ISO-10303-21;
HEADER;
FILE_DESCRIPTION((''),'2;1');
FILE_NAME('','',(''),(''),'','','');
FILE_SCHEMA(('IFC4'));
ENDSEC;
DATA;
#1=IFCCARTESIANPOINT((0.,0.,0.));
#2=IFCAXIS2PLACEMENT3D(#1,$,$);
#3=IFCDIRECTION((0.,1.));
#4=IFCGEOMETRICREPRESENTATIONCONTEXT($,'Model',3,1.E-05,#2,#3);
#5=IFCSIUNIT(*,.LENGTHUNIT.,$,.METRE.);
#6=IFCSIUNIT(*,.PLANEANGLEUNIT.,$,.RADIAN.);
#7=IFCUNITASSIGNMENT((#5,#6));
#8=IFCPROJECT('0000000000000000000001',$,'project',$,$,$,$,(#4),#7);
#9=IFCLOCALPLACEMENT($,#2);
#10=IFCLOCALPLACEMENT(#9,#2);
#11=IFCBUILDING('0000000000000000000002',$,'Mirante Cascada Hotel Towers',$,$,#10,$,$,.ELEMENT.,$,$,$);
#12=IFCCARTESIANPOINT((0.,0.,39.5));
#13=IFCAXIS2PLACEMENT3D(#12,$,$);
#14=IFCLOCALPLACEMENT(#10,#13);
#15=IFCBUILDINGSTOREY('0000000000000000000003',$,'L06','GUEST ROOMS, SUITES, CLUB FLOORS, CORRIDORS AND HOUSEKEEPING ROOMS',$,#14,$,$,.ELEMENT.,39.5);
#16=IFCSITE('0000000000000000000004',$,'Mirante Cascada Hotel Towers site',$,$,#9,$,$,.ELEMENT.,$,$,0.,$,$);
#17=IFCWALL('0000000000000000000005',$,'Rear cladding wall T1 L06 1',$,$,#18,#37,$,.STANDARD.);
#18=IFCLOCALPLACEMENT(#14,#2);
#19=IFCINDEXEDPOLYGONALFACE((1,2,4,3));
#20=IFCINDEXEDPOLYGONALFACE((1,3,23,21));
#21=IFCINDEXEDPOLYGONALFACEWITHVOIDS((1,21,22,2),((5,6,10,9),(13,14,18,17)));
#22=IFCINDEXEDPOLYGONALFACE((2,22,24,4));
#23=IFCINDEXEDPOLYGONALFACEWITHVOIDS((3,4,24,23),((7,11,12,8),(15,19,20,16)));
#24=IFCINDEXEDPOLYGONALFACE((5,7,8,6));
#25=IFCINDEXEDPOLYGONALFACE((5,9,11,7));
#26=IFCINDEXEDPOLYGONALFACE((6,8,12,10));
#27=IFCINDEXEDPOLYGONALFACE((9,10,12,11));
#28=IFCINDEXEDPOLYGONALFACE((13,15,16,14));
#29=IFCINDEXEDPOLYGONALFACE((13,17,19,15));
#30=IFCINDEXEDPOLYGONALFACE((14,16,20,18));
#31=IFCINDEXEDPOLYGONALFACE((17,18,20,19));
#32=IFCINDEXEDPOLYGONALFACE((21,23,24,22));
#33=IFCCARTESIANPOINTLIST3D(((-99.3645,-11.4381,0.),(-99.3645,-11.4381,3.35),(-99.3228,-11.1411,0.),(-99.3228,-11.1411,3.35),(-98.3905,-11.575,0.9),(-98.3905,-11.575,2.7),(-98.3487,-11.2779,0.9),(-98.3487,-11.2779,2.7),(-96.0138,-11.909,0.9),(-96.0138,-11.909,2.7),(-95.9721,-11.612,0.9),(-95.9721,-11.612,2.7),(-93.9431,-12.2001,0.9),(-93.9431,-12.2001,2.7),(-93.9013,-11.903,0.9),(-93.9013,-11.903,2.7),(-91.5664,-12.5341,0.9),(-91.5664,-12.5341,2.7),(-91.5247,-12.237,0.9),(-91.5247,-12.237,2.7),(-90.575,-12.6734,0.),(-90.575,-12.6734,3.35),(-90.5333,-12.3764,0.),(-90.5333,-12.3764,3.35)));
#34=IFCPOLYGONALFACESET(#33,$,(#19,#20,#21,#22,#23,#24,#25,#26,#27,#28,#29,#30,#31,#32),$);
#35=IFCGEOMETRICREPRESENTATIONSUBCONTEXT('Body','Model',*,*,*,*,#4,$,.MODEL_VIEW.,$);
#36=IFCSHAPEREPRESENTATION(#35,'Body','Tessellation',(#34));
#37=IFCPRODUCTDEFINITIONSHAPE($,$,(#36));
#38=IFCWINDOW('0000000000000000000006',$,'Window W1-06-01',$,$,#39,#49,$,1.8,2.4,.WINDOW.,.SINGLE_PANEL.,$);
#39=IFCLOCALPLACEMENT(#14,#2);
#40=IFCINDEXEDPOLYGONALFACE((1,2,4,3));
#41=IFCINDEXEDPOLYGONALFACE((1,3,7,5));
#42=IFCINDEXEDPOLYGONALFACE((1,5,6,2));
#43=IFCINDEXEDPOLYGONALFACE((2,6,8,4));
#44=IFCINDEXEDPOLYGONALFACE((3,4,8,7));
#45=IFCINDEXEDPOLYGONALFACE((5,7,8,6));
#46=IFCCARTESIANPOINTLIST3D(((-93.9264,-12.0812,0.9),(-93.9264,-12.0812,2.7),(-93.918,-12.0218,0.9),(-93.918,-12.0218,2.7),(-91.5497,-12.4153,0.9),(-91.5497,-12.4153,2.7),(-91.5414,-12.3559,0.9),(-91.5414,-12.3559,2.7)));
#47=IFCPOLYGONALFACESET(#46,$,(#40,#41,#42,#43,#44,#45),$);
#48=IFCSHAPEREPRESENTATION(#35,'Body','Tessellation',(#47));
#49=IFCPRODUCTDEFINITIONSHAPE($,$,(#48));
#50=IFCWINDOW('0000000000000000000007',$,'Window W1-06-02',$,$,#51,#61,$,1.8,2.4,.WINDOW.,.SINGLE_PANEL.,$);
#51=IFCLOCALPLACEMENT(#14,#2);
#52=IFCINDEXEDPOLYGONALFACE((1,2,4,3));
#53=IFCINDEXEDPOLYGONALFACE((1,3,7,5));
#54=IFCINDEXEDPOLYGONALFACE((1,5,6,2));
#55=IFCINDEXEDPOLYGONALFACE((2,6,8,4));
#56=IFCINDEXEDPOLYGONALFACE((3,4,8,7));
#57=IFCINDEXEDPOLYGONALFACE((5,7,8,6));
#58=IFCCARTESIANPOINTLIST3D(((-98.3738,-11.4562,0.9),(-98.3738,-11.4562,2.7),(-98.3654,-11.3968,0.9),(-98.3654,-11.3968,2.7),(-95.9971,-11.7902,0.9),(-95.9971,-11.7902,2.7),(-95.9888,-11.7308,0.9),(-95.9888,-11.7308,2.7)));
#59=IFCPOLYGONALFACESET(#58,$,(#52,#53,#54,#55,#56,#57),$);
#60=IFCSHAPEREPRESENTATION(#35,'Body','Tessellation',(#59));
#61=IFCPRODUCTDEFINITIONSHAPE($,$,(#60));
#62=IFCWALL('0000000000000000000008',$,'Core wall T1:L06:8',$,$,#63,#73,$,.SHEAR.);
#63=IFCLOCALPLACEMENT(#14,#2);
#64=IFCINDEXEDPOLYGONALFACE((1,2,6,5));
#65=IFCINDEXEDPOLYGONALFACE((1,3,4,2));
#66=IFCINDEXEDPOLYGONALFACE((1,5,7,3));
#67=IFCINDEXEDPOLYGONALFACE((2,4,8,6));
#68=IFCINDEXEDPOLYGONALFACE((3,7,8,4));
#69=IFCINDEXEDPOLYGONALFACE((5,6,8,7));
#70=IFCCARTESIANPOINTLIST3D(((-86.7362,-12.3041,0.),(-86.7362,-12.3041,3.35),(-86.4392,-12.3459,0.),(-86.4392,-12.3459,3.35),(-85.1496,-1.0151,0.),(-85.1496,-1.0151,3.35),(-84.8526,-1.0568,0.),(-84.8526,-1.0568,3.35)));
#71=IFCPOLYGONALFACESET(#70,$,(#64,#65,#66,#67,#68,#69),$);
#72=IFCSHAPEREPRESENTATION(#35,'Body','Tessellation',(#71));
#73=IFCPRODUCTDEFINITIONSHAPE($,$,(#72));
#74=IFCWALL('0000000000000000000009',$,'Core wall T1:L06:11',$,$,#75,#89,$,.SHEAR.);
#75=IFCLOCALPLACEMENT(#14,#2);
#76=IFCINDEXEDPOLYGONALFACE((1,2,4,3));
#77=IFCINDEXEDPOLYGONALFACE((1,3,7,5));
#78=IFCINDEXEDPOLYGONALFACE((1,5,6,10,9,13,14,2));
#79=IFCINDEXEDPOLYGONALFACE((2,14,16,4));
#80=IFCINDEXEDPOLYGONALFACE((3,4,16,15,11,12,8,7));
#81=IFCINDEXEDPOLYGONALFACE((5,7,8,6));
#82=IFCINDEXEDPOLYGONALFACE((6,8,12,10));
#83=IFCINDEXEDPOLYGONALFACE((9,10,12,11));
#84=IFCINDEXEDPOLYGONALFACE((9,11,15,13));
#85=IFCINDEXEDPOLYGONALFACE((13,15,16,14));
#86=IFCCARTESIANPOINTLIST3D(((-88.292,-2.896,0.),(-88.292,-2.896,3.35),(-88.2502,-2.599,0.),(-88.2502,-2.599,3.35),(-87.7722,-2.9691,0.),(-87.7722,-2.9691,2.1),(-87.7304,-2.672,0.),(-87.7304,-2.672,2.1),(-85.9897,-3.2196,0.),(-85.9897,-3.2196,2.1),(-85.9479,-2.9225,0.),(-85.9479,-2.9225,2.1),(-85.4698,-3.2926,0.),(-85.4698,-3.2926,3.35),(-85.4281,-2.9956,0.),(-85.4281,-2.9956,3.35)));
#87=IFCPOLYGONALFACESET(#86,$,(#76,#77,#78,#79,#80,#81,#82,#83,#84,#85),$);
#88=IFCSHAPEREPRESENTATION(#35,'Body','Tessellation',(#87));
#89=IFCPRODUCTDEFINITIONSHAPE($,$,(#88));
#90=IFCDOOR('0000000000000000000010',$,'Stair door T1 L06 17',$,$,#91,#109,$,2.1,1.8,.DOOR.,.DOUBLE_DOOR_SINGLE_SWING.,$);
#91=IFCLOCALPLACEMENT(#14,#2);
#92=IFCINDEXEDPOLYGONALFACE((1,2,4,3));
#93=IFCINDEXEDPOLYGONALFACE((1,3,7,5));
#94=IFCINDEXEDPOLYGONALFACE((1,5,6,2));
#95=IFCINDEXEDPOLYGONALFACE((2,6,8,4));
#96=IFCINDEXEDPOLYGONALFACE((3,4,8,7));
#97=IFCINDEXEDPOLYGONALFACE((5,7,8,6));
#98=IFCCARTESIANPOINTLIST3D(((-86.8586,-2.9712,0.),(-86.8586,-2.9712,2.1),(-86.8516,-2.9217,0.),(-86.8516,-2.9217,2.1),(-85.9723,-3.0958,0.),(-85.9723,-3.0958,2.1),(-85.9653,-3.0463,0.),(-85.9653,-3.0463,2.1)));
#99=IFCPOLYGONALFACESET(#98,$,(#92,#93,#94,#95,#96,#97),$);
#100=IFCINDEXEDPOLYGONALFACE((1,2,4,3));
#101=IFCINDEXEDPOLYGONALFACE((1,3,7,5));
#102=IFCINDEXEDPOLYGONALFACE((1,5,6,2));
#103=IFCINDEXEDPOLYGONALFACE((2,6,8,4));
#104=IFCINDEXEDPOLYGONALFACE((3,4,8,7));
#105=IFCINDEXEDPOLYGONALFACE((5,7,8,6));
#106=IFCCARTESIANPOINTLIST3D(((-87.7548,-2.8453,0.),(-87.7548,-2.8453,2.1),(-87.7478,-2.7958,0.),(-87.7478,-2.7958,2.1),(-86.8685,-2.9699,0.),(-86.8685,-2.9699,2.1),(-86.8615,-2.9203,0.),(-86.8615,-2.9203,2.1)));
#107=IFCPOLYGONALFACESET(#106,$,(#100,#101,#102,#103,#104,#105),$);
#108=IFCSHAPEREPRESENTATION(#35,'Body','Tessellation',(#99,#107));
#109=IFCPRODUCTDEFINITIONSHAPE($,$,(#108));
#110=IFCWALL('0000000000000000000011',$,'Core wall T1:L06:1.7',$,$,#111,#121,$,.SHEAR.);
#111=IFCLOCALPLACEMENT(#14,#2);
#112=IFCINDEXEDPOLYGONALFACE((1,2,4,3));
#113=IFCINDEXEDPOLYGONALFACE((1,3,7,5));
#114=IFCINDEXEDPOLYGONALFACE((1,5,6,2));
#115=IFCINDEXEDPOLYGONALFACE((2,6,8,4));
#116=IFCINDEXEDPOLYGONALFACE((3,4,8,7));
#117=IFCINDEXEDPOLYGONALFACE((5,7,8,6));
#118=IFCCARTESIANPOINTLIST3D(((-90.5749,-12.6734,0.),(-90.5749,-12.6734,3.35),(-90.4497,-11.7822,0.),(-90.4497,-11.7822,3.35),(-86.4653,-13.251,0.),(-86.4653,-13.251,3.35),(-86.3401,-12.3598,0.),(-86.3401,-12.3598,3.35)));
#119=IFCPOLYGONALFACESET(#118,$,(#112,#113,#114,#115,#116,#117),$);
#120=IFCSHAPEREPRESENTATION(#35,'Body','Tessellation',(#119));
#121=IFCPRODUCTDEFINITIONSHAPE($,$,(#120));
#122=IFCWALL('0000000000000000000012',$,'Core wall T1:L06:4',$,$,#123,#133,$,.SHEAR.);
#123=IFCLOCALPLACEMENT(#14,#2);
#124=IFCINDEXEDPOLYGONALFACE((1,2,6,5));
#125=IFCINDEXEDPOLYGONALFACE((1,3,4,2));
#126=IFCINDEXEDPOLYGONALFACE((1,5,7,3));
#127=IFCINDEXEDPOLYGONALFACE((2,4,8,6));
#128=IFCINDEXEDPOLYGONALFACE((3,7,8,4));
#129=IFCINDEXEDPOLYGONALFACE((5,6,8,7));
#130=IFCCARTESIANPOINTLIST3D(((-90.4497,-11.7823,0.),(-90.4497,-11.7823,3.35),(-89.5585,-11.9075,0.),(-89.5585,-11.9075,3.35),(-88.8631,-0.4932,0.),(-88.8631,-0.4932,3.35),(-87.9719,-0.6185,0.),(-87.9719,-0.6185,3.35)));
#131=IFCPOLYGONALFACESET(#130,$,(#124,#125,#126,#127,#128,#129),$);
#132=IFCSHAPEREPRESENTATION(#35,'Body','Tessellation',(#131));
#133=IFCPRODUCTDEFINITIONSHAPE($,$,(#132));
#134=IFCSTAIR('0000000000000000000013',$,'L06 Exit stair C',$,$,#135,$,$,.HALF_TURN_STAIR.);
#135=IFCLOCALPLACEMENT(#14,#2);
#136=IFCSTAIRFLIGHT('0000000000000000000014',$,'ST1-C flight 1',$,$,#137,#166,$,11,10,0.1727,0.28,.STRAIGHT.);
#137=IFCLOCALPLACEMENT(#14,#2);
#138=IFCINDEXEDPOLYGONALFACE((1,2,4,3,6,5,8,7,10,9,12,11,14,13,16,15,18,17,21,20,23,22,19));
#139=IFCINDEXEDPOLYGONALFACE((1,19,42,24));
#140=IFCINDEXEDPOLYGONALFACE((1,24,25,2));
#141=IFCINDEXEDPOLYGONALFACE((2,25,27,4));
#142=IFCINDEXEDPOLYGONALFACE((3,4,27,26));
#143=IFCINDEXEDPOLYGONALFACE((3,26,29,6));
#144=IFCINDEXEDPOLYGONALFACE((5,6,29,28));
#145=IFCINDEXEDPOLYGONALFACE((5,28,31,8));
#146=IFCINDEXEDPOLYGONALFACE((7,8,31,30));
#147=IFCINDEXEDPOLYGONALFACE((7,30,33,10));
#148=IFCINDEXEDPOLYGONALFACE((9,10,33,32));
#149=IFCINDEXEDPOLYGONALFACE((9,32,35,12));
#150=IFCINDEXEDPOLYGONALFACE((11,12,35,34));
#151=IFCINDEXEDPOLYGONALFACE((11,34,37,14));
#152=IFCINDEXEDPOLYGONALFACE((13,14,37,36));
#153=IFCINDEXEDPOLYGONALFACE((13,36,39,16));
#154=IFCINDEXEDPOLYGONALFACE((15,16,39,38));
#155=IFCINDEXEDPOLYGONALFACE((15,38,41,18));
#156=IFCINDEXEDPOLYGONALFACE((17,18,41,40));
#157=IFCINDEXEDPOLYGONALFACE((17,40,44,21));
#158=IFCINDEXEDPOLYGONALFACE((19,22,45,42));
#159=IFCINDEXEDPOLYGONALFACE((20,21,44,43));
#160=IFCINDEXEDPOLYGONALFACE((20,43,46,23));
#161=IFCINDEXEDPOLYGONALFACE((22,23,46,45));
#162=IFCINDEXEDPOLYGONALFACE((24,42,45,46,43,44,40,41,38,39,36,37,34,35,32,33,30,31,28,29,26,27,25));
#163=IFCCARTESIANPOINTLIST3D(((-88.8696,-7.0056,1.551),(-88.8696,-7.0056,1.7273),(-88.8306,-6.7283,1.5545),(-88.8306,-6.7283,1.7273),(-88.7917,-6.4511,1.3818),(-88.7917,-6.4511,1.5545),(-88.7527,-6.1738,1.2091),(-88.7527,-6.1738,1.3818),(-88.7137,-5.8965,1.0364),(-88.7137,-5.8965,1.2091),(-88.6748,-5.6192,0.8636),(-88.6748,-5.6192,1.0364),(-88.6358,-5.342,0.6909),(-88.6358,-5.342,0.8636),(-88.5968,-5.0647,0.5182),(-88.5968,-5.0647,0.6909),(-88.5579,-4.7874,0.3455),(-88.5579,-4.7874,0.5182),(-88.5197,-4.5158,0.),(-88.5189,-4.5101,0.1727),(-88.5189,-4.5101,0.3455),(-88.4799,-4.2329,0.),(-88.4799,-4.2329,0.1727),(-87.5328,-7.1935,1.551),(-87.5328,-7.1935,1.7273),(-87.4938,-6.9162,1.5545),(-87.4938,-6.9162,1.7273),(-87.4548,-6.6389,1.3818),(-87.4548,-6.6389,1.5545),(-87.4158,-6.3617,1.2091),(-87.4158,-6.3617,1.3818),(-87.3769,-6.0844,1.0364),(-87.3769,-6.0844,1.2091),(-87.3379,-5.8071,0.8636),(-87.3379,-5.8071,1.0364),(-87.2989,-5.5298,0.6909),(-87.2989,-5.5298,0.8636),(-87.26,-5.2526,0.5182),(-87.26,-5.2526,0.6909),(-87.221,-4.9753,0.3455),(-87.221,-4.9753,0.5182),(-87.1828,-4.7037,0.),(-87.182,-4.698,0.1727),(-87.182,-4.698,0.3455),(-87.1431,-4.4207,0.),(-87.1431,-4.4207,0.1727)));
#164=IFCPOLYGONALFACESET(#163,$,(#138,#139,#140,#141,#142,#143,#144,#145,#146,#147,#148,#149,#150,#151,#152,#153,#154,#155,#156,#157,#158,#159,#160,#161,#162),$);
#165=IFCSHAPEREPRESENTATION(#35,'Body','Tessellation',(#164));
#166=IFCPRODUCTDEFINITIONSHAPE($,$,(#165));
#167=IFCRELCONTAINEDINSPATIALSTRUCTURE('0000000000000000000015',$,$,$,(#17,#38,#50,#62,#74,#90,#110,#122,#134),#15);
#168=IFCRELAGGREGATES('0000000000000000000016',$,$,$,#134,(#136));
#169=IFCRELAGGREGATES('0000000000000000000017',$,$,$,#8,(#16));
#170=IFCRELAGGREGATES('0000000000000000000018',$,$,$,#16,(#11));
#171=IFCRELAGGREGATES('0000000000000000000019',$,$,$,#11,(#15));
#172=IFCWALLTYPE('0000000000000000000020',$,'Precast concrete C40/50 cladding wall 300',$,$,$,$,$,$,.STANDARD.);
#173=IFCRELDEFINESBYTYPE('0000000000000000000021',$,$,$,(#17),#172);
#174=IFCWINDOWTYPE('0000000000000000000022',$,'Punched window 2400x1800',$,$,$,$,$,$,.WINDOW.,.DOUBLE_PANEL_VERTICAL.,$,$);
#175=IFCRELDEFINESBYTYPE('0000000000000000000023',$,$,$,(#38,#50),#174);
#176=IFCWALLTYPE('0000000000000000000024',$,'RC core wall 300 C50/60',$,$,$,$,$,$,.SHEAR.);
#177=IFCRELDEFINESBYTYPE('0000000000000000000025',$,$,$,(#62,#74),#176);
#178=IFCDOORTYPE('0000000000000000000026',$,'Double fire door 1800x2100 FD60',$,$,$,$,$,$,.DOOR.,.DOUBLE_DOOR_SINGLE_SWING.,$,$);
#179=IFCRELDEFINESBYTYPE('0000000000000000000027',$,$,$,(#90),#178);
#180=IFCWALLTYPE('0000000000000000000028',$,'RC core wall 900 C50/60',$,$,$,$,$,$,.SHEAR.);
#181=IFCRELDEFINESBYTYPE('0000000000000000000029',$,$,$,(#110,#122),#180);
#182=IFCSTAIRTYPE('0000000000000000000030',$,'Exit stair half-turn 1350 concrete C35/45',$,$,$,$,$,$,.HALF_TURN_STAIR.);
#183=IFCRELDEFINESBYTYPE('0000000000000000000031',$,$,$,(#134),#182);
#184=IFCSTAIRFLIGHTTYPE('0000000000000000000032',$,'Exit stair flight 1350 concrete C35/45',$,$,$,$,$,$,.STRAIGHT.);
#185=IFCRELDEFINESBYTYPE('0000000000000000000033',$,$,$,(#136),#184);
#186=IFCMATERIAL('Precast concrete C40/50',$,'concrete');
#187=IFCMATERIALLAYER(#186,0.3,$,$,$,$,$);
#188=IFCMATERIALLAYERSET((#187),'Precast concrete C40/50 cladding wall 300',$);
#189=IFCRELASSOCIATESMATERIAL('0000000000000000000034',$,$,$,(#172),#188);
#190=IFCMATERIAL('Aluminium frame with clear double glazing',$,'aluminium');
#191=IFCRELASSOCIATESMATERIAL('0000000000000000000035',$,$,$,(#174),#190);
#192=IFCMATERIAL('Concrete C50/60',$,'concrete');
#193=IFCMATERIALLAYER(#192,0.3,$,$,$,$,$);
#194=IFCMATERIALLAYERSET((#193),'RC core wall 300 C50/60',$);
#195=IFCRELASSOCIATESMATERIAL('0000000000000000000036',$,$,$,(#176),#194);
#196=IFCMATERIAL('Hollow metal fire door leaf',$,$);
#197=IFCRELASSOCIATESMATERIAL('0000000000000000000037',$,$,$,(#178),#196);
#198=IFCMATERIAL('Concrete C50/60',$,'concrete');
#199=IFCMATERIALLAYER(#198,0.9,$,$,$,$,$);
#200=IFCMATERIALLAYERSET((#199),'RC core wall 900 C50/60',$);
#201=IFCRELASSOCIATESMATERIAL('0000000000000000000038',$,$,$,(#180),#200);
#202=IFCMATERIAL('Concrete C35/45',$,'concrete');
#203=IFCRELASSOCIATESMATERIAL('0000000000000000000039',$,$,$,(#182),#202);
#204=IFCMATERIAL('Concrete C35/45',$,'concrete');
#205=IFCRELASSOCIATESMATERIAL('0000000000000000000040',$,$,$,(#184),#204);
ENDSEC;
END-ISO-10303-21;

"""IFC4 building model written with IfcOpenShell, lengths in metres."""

from ifc_helpers import new_model, si_unit, direction, frame, frame_2d, origin, place, context, subcontext, project, spatial, polyline, rectangle, outline, extrude, material, layer, layer_set, type_object, element, fill, aggregate, save


model = new_model("IFC4")

# Units and contexts
model_context = context("Model", 3, precision=1e-05, world=origin(), true_north=direction((0.0, 1.0)))
body_context = subcontext(model_context, "Body", "Model", "MODEL_VIEW")
ifc_project = project(units=[si_unit("LENGTHUNIT", "METRE"), si_unit("PLANEANGLEUNIT", "RADIAN")], contexts=[model_context])

# Site, building, storey
site_placement = place(None, origin())
site = spatial("IfcSite", under=ifc_project, at=site_placement, Name="Mirante Cascada Hotel Towers site", CompositionType="ELEMENT", RefElevation=0.0)
building_placement = place(site_placement, origin())
building = spatial("IfcBuilding", under=site, at=building_placement, Name="Mirante Cascada Hotel Towers", CompositionType="ELEMENT")
storey_placement = place(building_placement, frame((0.0, 0.0, 39.5)))
storey = spatial("IfcBuildingStorey", under=building, at=storey_placement, Name="L06", Description="GUEST ROOMS, SUITES, CLUB FLOORS, CORRIDORS AND HOUSEKEEPING ROOMS", CompositionType="ELEMENT", Elevation=39.5)

# Wall, openings, windows
ifc_material_1 = material(Name="Precast concrete C40/50", Category="concrete")
ifc_layer_1 = layer(ifc_material_1, 0.3)
ifc_layer_set_1 = layer_set([ifc_layer_1], Name="Precast concrete C40/50 cladding wall 300")
wall_type_1 = type_object("IfcWallType", Name="Precast concrete C40/50 cladding wall 300", PredefinedType="STANDARD", material=ifc_layer_set_1)
wall_1_placement = place(storey_placement, frame((-90.5541, -12.5249, 0.0), z_axis=(0.0, 0.0, 1.0), x_axis=(-0.990268, 0.139175, 0.0)))
wall_1 = element("IfcWall", 1, at=wall_1_placement, inside=storey, type_object=wall_type_1, Name="Rear cladding wall T1 L06 1", PredefinedType="STANDARD", context=body_context, shape_type="SweptSolid", body=[
    extrude(rectangle(XDim=8.8759, YDim=0.3, at=frame_2d((4.438, 0.0))), origin(), (0.0, 0.0, 1.0), 3.35),
])
opening_1_placement = place(wall_1_placement, frame((1.0012, 0.0, 0.9)))
opening_1 = element("IfcOpeningElement", 2, at=opening_1_placement, cuts=wall_1, PredefinedType="OPENING", context=body_context, shape_type="SweptSolid", body=[
    extrude(rectangle(XDim=2.4, YDim=1.8, at=frame_2d((1.2, 0.9))), frame((0.0, 0.15, 0.0), z_axis=(0.0, -1.0, 0.0), x_axis=(1.0, 0.0, 0.0)), (0.0, 0.0, 1.0), 0.3),
])
opening_2_placement = place(wall_1_placement, frame((5.4923, 0.0, 0.9)))
opening_2 = element("IfcOpeningElement", 3, at=opening_2_placement, cuts=wall_1, PredefinedType="OPENING", context=body_context, shape_type="SweptSolid", body=[
    extrude(rectangle(XDim=2.4, YDim=1.8, at=frame_2d((1.2, 0.9))), frame((0.0, 0.15, 0.0), z_axis=(0.0, -1.0, 0.0), x_axis=(1.0, 0.0, 0.0)), (0.0, 0.0, 1.0), 0.3),
])
ifc_material_2 = material(Name="Aluminium frame with clear double glazing", Category="aluminium")
window_type = type_object("IfcWindowType", Name="Punched window 2400x1800", PartitioningType="DOUBLE_PANEL_VERTICAL", PredefinedType="WINDOW", material=ifc_material_2)
window_1_placement = place(opening_1_placement, origin())
window_1 = element("IfcWindow", 4, at=window_1_placement, inside=storey, type_object=window_type, Name="Window W1-06-01", OverallHeight=1.8, OverallWidth=2.4, PartitioningType="SINGLE_PANEL", PredefinedType="WINDOW", context=body_context, shape_type="SweptSolid", body=[
    extrude(rectangle(XDim=2.4, YDim=1.8, at=frame_2d((1.2, 0.9))), frame((0.0, 0.03, 0.0), z_axis=(0.0, -1.0, 0.0), x_axis=(1.0, 0.0, 0.0)), (0.0, 0.0, 1.0), 0.06),
])
fill(opening_1, window_1)
window_2_placement = place(opening_2_placement, origin())
window_2 = element("IfcWindow", 5, at=window_2_placement, inside=storey, type_object=window_type, Name="Window W1-06-02", OverallHeight=1.8, OverallWidth=2.4, PartitioningType="SINGLE_PANEL", PredefinedType="WINDOW", context=body_context, shape_type="SweptSolid", body=[
    extrude(rectangle(XDim=2.4, YDim=1.8, at=frame_2d((1.2, 0.9))), frame((0.0, 0.03, 0.0), z_axis=(0.0, -1.0, 0.0), x_axis=(1.0, 0.0, 0.0)), (0.0, 0.0, 1.0), 0.06),
])
fill(opening_2, window_2)

# Wall
ifc_material_3 = material(Name="Concrete C50/60", Category="concrete")
ifc_layer_2 = layer(ifc_material_3, 0.3)
ifc_layer_set_2 = layer_set([ifc_layer_2], Name="RC core wall 300 C50/60")
wall_type_2 = type_object("IfcWallType", Name="RC core wall 300 C50/60", PredefinedType="SHEAR", material=ifc_layer_set_2)
wall_2_placement = place(storey_placement, frame((-86.5877, -12.325, 0.0), z_axis=(0.0, 0.0, 1.0), x_axis=(0.139175, 0.990268, 0.0)))
element("IfcWall", 6, at=wall_2_placement, inside=storey, type_object=wall_type_2, Name="Core wall T1:L06:8", PredefinedType="SHEAR", context=body_context, shape_type="SweptSolid", body=[
    extrude(rectangle(XDim=11.4, YDim=0.3, at=frame_2d((5.7, 0.0))), origin(), (0.0, 0.0, 1.0), 3.35),
])

# Wall, opening, door
wall_3_placement = place(storey_placement, frame((-85.4489, -3.1441, 0.0), z_axis=(0.0, 0.0, 1.0), x_axis=(-0.99027, 0.139161, 0.0)))
wall_3 = element("IfcWall", 7, at=wall_3_placement, inside=storey, type_object=wall_type_2, Name="Core wall T1:L06:11", PredefinedType="SHEAR", context=body_context, shape_type="SweptSolid", body=[
    extrude(rectangle(XDim=2.8499, YDim=0.3, at=frame_2d((1.425, 0.0))), origin(), (0.0, 0.0, 1.0), 3.35),
])
opening_3_placement = place(wall_3_placement, frame((0.525, 0.0, 0.0)))
opening_3 = element("IfcOpeningElement", 8, at=opening_3_placement, cuts=wall_3, PredefinedType="OPENING", context=body_context, shape_type="SweptSolid", body=[
    extrude(rectangle(XDim=1.8, YDim=2.1, at=frame_2d((0.9, 1.05))), frame((0.0, 0.15, 0.0), z_axis=(0.0, -1.0, 0.0), x_axis=(1.0, 0.0, 0.0)), (0.0, 0.0, 1.0), 0.3),
])
ifc_material_4 = material(Name="Hollow metal fire door leaf")
door_type_1 = type_object("IfcDoorType", Name="Double fire door 1800x2100 FD60", OperationType="DOUBLE_DOOR_SINGLE_SWING", PredefinedType="DOOR", material=ifc_material_4)
door_1_placement = place(opening_3_placement, origin())
door_1 = element("IfcDoor", 9, at=door_1_placement, inside=storey, type_object=door_type_1, Name="Stair door T1 L06 17", OperationType="DOUBLE_DOOR_SINGLE_SWING", OverallHeight=2.1, OverallWidth=1.8, PredefinedType="DOOR", context=body_context, shape_type="SweptSolid", body=[
    extrude(rectangle(XDim=0.895, YDim=2.1, at=frame_2d((0.4475, 1.05))), frame((0.0, 0.025, 0.0), z_axis=(0.0, -1.0, 0.0), x_axis=(1.0, 0.0, 0.0)), (0.0, 0.0, 1.0), 0.05),
    extrude(rectangle(XDim=0.895, YDim=2.1, at=frame_2d((1.3525, 1.05))), frame((0.0, 0.025, 0.0), z_axis=(0.0, -1.0, 0.0), x_axis=(1.0, 0.0, 0.0)), (0.0, 0.0, 1.0), 0.05),
])
fill(opening_3, door_1)

# Walls
ifc_material_5 = material(Name="Concrete C50/60", Category="concrete")
ifc_layer_3 = layer(ifc_material_5, 0.9)
ifc_layer_set_3 = layer_set([ifc_layer_3], Name="RC core wall 900 C50/60")
wall_type_3 = type_object("IfcWallType", Name="RC core wall 900 C50/60", PredefinedType="SHEAR", material=ifc_layer_set_3)
wall_4_placement = place(storey_placement, frame((-86.4027, -12.8054, 0.0), z_axis=(0.0, 0.0, 1.0), x_axis=(-0.990267, 0.139181, 0.0)))
element("IfcWall", 10, at=wall_4_placement, inside=storey, type_object=wall_type_3, Name="Core wall T1:L06:1.7", PredefinedType="SHEAR", context=body_context, shape_type="SweptSolid", body=[
    extrude(rectangle(XDim=4.15, YDim=0.9, at=frame_2d((2.075, 0.0))), origin(), (0.0, 0.0, 1.0), 3.35),
])
wall_5_placement = place(storey_placement, frame((-90.0041, -11.8449, 0.0), z_axis=(0.0, 0.0, 1.0), x_axis=(0.139175, 0.990268, 0.0)))
element("IfcWall", 11, at=wall_5_placement, inside=storey, type_object=wall_type_3, Name="Core wall T1:L06:4", PredefinedType="SHEAR", context=body_context, shape_type="SweptSolid", body=[
    extrude(rectangle(XDim=11.4, YDim=0.9, at=frame_2d((5.7, 0.0))), origin(), (0.0, 0.0, 1.0), 3.35),
])

# Stair, stair flight
ifc_material_6 = material(Name="Concrete C35/45", Category="concrete")
stair_type = type_object("IfcStairType", Name="Exit stair half-turn 1350 concrete C35/45", PredefinedType="HALF_TURN_STAIR", material=ifc_material_6)
stair_placement = place(storey_placement, origin())
stair = element("IfcStair", 12, at=stair_placement, inside=storey, type_object=stair_type, Name="L06 Exit stair C", PredefinedType="HALF_TURN_STAIR")
ifc_material_7 = material(Name="Concrete C35/45", Category="concrete")
stair_flight_type = type_object("IfcStairFlightType", Name="Exit stair flight 1350 concrete C35/45", PredefinedType="STRAIGHT", material=ifc_material_7)
stair_flight_1_placement = place(storey_placement, frame((-87.8115, -4.3268, 0.0), z_axis=(0.0, 0.0, 1.0), x_axis=(-0.139173, -0.990268, 0.0)))
stair_flight_1 = element("IfcStairFlight", 13, at=stair_flight_1_placement, type_object=stair_flight_type, Name="ST1-C flight 1", NumberOfRisers=11, NumberOfTreads=10, PredefinedType="STRAIGHT", RiserHeight=0.1727, TreadLength=0.28, context=body_context, shape_type="SweptSolid", body=[
    extrude(outline(polyline([(0.0, 0.0), (0.0, 0.1727), (0.28, 0.1727), (0.28, 0.3455), (0.56, 0.3455), (0.56, 0.5182), (0.84, 0.5182), (0.84, 0.6909), (1.12, 0.6909), (1.12, 0.8636), (1.4, 0.8636), (1.4, 1.0364), (1.68, 1.0364), (1.68, 1.2091), (1.96, 1.2091), (1.96, 1.3818), (2.24, 1.3818), (2.24, 1.5545), (2.52, 1.5545), (2.52, 1.7273), (2.8, 1.7273), (2.8, 1.9), (2.8, 1.551), (0.2857, 0.0), (0.0, 0.0)])), frame((0.0, 0.675, 0.0), z_axis=(0.0, -1.0, 0.0), x_axis=(1.0, 0.0, 0.0)), (0.0, 0.0, 1.0), 1.35),
])
aggregate(stair, [stair_flight_1])

save(model, "model.ifc")
